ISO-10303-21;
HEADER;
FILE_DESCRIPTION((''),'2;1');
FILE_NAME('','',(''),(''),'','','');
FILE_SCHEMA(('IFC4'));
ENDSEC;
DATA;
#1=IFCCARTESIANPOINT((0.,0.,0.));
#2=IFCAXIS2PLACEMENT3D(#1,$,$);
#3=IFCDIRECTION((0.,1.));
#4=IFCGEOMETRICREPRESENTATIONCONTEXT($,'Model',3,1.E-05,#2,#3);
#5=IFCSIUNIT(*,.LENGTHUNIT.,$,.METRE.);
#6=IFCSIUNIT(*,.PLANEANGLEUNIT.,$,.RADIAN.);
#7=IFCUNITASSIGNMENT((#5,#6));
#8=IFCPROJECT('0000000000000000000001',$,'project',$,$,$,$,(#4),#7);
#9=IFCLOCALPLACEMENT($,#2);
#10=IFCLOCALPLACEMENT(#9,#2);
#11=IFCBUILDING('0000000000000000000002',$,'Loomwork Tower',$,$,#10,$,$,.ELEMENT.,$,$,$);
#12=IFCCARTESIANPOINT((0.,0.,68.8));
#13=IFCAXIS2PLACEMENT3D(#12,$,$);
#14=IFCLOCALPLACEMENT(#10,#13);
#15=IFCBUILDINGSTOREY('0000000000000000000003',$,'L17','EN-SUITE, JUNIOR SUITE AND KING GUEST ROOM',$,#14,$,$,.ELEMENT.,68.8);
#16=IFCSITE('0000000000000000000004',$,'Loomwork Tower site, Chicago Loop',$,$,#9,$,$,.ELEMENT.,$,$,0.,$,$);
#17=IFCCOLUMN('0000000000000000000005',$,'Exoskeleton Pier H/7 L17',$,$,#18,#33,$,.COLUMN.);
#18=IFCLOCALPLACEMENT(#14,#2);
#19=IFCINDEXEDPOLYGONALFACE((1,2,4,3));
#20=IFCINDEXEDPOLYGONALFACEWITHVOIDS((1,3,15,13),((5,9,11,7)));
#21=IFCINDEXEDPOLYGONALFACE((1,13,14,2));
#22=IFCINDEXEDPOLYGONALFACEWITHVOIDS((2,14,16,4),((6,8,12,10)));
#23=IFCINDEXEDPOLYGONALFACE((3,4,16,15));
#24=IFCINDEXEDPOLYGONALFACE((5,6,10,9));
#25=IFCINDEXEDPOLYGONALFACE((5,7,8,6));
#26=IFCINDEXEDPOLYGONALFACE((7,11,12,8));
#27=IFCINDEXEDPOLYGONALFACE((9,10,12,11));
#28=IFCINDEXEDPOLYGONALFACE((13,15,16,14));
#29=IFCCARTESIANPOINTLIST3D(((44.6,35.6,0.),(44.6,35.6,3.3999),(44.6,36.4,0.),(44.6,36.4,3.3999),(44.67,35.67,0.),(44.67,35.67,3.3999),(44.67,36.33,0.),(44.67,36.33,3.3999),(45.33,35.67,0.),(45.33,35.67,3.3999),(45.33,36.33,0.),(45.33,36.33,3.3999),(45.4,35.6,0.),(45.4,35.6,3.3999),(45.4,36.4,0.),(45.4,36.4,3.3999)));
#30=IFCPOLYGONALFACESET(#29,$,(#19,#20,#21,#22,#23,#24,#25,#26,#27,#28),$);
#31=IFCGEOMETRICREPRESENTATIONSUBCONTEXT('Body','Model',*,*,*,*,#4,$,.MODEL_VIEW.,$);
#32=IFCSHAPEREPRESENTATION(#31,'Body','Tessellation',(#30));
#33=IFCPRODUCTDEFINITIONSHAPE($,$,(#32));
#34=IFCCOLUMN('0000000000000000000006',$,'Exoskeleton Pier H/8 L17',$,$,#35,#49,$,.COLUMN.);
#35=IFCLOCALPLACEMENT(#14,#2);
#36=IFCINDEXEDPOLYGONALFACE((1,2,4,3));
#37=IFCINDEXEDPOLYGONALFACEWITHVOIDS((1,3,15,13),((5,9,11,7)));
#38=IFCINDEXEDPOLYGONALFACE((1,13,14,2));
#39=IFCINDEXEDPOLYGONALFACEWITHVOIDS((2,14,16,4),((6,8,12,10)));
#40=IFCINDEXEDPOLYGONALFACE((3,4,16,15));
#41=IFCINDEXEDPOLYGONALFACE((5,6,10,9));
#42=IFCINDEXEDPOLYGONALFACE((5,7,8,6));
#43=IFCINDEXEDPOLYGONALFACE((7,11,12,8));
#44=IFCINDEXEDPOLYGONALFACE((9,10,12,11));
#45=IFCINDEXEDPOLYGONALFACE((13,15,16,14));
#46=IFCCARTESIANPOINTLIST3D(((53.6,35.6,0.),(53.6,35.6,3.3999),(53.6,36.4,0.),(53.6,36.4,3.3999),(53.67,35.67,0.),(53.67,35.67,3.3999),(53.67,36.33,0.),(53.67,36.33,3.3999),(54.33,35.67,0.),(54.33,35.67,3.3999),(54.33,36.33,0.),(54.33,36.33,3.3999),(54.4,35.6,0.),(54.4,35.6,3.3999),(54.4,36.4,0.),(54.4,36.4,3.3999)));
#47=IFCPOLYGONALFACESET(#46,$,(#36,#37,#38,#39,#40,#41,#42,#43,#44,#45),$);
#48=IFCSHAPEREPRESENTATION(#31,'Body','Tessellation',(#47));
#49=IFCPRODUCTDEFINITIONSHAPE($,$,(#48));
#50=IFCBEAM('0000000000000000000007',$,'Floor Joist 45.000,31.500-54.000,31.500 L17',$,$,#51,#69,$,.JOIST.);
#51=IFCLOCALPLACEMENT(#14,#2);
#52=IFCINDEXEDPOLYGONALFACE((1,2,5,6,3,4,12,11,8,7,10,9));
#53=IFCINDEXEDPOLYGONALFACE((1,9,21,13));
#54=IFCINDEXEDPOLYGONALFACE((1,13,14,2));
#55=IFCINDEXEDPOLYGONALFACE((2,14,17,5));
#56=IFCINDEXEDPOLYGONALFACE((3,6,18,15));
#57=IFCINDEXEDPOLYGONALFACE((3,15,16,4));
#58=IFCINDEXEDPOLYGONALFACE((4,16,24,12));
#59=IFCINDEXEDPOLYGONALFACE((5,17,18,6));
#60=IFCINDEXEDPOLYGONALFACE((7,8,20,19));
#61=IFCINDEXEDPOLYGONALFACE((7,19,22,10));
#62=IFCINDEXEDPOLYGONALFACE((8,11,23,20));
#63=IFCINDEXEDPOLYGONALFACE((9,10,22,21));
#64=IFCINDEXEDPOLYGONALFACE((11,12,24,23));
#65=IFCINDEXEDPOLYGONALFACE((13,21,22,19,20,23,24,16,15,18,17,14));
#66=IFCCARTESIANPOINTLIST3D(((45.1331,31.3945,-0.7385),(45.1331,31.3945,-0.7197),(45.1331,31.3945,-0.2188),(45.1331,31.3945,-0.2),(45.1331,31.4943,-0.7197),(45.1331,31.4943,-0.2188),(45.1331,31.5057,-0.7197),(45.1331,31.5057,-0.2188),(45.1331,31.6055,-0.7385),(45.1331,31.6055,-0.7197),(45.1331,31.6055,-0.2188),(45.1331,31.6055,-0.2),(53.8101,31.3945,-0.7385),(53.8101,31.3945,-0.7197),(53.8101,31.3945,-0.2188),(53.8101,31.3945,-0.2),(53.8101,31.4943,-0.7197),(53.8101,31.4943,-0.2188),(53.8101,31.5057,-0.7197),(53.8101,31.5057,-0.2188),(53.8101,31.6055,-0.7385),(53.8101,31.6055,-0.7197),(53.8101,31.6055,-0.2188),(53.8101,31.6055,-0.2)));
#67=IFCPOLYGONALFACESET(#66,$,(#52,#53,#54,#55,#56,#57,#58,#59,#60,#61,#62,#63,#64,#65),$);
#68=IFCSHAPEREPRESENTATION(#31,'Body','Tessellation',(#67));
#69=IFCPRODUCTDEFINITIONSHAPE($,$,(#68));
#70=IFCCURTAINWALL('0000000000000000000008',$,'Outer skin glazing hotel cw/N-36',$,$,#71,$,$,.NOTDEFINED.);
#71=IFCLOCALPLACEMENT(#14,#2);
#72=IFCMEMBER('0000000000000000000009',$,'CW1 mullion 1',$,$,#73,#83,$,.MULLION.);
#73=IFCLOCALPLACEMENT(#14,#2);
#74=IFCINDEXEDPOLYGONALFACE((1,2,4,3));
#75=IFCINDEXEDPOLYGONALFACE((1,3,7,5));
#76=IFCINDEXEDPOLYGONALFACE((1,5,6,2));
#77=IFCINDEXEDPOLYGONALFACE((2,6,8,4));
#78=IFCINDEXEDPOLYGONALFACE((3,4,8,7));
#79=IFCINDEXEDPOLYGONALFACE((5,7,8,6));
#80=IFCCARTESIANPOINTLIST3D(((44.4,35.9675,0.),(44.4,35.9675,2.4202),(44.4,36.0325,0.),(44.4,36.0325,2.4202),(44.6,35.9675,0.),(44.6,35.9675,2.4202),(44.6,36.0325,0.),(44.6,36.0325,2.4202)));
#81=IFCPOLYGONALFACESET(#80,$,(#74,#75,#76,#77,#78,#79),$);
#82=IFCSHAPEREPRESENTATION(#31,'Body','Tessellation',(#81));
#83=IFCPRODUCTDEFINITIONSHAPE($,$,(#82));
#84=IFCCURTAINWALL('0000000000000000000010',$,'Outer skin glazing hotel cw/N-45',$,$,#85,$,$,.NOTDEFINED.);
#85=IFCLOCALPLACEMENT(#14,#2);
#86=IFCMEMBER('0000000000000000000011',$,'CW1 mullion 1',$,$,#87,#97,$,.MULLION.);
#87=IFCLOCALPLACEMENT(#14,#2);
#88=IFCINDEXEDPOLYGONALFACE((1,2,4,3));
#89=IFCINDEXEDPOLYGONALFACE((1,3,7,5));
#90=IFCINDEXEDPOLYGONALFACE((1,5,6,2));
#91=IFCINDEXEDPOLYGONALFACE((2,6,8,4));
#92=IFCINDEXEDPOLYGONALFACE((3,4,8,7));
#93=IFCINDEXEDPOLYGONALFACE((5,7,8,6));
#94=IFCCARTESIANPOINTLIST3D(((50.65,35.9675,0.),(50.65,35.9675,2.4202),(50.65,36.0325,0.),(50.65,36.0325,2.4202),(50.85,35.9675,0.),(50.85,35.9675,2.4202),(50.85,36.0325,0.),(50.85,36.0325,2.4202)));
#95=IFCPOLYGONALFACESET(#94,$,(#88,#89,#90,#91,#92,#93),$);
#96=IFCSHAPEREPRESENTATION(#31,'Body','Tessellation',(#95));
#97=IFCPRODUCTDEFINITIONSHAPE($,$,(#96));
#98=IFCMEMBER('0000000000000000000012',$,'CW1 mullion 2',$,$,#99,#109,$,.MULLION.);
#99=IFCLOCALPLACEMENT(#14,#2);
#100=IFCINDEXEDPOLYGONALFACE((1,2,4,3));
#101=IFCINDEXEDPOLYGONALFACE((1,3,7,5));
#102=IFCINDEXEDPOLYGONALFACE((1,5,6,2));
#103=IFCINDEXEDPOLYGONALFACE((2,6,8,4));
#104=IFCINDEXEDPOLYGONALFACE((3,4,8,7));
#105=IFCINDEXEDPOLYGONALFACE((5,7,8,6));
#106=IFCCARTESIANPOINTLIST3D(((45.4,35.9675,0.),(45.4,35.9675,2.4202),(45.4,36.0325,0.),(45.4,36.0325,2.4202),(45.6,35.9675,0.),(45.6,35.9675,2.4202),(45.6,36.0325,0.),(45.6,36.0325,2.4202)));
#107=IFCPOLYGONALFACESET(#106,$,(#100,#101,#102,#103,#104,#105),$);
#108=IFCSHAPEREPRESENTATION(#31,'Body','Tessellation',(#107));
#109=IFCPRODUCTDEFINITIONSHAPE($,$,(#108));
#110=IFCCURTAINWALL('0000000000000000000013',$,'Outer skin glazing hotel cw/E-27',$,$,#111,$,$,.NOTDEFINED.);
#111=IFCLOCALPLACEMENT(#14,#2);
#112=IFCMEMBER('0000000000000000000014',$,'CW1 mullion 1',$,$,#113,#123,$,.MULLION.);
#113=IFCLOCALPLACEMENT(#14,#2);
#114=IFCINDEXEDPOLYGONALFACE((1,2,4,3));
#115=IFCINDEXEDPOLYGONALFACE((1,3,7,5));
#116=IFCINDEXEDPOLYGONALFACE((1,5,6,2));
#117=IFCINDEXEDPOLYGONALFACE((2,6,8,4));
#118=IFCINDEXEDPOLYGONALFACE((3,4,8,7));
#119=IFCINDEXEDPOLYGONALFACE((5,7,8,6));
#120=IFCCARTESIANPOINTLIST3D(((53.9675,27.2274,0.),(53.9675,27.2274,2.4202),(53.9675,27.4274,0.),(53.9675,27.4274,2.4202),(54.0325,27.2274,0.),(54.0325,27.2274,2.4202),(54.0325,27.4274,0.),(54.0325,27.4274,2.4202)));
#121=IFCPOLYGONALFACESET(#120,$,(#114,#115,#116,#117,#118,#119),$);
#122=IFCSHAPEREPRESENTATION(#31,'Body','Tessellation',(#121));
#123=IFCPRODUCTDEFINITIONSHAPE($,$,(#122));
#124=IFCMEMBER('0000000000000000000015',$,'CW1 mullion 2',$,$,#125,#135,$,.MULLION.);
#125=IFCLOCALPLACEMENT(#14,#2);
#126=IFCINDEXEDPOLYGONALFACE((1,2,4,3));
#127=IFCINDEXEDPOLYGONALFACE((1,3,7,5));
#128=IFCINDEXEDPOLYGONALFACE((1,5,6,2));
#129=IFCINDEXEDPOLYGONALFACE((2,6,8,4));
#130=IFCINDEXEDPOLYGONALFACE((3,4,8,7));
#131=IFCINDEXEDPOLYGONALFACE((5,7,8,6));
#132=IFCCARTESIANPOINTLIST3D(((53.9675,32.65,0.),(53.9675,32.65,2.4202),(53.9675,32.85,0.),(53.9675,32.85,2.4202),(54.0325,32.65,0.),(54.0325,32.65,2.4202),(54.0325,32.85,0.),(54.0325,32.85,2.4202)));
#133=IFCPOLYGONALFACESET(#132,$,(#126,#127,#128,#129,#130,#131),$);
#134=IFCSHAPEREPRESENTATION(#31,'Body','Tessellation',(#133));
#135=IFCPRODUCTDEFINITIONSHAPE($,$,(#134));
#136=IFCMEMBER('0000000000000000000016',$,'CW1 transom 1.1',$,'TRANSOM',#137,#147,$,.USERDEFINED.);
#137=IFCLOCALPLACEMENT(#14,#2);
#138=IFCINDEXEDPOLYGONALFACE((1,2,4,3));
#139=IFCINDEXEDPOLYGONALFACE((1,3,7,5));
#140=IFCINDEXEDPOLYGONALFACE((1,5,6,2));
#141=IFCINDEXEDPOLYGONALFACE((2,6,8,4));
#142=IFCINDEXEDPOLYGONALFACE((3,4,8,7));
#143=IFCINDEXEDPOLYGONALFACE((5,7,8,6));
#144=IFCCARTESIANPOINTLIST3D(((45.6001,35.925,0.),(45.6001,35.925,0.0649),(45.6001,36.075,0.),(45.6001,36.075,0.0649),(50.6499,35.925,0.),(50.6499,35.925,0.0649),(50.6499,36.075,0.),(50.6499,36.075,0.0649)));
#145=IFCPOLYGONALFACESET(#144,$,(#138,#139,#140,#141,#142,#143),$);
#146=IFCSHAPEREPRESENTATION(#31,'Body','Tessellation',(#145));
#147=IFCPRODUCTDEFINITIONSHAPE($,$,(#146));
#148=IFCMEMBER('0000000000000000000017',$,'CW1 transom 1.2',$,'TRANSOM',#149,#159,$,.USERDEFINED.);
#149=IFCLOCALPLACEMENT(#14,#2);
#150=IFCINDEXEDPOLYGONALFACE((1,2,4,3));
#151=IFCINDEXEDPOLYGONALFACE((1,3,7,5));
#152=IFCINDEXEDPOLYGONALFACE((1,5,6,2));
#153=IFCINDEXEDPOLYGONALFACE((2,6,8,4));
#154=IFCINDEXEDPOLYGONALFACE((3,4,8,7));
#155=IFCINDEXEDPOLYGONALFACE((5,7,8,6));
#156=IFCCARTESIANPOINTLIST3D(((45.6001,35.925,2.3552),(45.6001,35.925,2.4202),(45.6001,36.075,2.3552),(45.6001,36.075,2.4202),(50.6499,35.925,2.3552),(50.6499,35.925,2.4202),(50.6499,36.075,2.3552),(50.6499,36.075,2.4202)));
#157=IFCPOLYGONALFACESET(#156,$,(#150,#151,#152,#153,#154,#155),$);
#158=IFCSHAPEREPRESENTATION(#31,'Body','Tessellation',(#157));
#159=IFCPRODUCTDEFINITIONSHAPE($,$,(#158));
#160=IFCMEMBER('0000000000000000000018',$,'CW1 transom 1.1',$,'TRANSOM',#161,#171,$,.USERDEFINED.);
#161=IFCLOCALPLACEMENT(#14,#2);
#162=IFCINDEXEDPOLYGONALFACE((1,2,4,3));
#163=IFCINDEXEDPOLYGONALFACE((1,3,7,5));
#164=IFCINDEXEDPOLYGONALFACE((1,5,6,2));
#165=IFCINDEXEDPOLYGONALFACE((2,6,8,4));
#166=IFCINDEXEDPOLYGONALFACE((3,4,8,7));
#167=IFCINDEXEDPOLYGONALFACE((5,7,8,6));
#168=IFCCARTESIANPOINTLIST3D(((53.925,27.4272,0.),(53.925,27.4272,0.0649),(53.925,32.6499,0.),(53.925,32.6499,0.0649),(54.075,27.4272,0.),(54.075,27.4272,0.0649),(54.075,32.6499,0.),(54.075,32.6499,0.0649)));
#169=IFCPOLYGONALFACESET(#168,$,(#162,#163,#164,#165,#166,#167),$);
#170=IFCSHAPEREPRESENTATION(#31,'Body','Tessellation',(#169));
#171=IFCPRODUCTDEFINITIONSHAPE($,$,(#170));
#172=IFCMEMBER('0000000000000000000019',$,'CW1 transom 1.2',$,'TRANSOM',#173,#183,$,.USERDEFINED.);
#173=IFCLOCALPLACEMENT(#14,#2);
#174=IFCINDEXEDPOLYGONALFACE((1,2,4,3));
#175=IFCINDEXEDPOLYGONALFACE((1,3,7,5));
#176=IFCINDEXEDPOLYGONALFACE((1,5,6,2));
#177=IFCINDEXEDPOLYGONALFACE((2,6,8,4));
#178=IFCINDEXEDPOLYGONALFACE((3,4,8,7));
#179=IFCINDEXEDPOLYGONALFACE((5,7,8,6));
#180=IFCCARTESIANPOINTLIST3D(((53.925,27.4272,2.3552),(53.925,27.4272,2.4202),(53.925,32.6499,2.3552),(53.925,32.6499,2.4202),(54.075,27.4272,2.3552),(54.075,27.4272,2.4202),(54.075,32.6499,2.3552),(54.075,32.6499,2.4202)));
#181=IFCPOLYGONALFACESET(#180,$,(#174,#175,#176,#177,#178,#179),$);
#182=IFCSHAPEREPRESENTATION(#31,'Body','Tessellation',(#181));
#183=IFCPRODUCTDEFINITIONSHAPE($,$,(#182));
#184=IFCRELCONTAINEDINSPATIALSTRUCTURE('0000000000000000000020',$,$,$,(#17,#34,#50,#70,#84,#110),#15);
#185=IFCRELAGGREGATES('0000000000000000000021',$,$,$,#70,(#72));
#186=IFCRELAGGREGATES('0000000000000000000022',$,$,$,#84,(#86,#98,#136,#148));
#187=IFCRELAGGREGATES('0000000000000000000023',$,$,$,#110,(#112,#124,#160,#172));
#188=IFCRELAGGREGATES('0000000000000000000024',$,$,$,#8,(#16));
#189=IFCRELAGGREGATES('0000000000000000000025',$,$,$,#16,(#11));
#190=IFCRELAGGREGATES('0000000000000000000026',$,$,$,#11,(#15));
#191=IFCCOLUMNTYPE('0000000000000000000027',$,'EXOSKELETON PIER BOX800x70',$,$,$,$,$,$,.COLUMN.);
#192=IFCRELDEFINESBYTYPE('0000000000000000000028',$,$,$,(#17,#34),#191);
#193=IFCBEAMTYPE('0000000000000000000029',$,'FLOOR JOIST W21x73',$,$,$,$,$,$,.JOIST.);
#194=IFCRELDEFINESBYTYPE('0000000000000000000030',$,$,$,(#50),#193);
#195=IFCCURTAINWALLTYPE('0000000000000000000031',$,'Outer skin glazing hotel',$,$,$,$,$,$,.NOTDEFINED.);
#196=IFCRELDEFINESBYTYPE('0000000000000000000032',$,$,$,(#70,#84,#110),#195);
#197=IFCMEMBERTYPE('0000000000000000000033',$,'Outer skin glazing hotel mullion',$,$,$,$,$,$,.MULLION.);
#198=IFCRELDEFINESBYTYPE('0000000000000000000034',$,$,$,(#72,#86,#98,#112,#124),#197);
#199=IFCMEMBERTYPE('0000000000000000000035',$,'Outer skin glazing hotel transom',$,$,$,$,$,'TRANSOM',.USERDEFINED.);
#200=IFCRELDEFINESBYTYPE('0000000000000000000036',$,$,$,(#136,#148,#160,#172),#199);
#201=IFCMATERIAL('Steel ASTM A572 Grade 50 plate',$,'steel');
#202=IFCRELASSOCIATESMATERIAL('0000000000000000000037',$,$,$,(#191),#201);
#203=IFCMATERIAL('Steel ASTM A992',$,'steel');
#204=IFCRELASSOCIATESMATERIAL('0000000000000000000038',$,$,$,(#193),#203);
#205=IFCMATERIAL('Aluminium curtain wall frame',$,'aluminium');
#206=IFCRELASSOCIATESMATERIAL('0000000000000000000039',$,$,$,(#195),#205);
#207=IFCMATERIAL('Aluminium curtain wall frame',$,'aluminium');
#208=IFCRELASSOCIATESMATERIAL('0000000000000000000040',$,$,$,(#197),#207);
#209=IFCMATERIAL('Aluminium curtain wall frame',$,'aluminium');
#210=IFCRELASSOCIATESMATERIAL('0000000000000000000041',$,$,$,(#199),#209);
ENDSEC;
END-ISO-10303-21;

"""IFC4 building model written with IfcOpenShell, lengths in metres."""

from ifc_helpers import new_model, si_unit, direction, frame, origin, origin_2d, place, context, subcontext, project, spatial, rectangle, hollow_rectangle, i_section, extrude, material, material_profile, profile_set, type_object, element, aggregate, save


model = new_model("IFC4")

# Units and contexts
model_context = context("Model", 3, precision=1e-05, world=origin(), true_north=direction((0.0, 1.0)))
body_context = subcontext(model_context, "Body", "Model", "MODEL_VIEW")
ifc_project = project(units=[si_unit("LENGTHUNIT", "METRE"), si_unit("PLANEANGLEUNIT", "RADIAN")], contexts=[model_context])

# Site, building, storey
site_placement = place(None, origin())
site = spatial("IfcSite", under=ifc_project, at=site_placement, Name="Loomwork Tower site, Chicago Loop", CompositionType="ELEMENT", RefElevation=0.0)
building_placement = place(site_placement, origin())
building = spatial("IfcBuilding", under=site, at=building_placement, Name="Loomwork Tower", CompositionType="ELEMENT")
storey_placement = place(building_placement, frame((0.0, 0.0, 68.8)))
storey = spatial("IfcBuildingStorey", under=building, at=storey_placement, Name="L17", Description="EN-SUITE, JUNIOR SUITE AND KING GUEST ROOM", CompositionType="ELEMENT", Elevation=68.8)

# Columns
ifc_material_1 = material(Name="Steel ASTM A572 Grade 50 plate", Category="steel")
ifc_material_profile_1 = material_profile(ifc_material_1, hollow_rectangle(XDim=0.8, YDim=0.8, WallThickness=0.0701, at=origin_2d()), Name="BOX800x70")
ifc_profile_set_1 = profile_set([ifc_material_profile_1], Name="Steel ASTM A572 Grade 50 plate")
column_type = type_object("IfcColumnType", Name="EXOSKELETON PIER BOX800x70", PredefinedType="COLUMN", material=ifc_profile_set_1)
for number, where, z_axis, x_axis, name in (
    (1, (45.0, 36.0, 0.0), (0.0, 0.0, 1.0), (1.0, 0.0, 0.0), "Exoskeleton Pier H/7 L17"),
    (2, (54.0, 36.0, 0.0), (0.0, 0.0, 1.0), (1.0, 0.0, 0.0), "Exoskeleton Pier H/8 L17"),
):
    element("IfcColumn", number, at=place(storey_placement, frame(where, z_axis=z_axis, x_axis=x_axis)), inside=storey, type_object=column_type, Name=name, PredefinedType="COLUMN", context=body_context, shape_type="SweptSolid", body=[
        extrude(hollow_rectangle(XDim=0.8, YDim=0.8, WallThickness=0.0701, at=origin_2d()), origin(), (0.0, 0.0, 1.0), 3.3999),
    ])

# Beam
ifc_material_2 = material(Name="Steel ASTM A992", Category="steel")
ifc_material_profile_2 = material_profile(ifc_material_2, i_section(OverallWidth=0.2109, OverallDepth=0.5386, WebThickness=0.0115, FlangeThickness=0.0188, at=origin_2d()), Name="W21x73")
ifc_profile_set_2 = profile_set([ifc_material_profile_2], Name="Steel ASTM A992")
beam_type_1 = type_object("IfcBeamType", Name="FLOOR JOIST W21x73", PredefinedType="JOIST", material=ifc_profile_set_2)
beam_1_placement = place(storey_placement, frame((45.1331, 31.5, -0.4692), z_axis=(1.0, 0.0, 0.0), x_axis=(0.0, 1.0, 0.0)))
element("IfcBeam", 3, at=beam_1_placement, inside=storey, type_object=beam_type_1, Name="Floor Joist 45.000,31.500-54.000,31.500 L17", PredefinedType="JOIST", context=body_context, shape_type="SweptSolid", body=[
    extrude(i_section(OverallWidth=0.2109, OverallDepth=0.5386, WebThickness=0.0115, FlangeThickness=0.0188, at=origin_2d()), origin(), (0.0, 0.0, 1.0), 8.677),
])

# Curtain wall, member
ifc_material_3 = material(Name="Aluminium curtain wall frame", Category="aluminium")
curtain_wall_type = type_object("IfcCurtainWallType", Name="Outer skin glazing hotel", PredefinedType="NOTDEFINED", material=ifc_material_3)
curtain_wall_1_placement = place(storey_placement, origin())
curtain_wall_1 = element("IfcCurtainWall", 4, at=curtain_wall_1_placement, inside=storey, type_object=curtain_wall_type, Name="Outer skin glazing hotel cw/N-36", PredefinedType="NOTDEFINED")
ifc_material_4 = material(Name="Aluminium curtain wall frame", Category="aluminium")
ifc_material_profile_3 = material_profile(ifc_material_4, rectangle(XDim=0.0649, YDim=0.2, at=origin_2d()), Name="AL 65x200")
ifc_profile_set_3 = profile_set([ifc_material_profile_3], Name="Aluminium curtain wall frame")
member_type_1 = type_object("IfcMemberType", Name="Outer skin glazing hotel mullion", PredefinedType="MULLION", material=ifc_profile_set_3)
member_1_placement = place(storey_placement, frame((44.5, 36.0, 0.0), z_axis=(0.0, 0.0, 1.0), x_axis=(0.0, -1.0, 0.0)))
member_1 = element("IfcMember", 5, at=member_1_placement, type_object=member_type_1, Name="CW1 mullion 1", PredefinedType="MULLION", context=body_context, shape_type="SweptSolid", body=[
    extrude(rectangle(XDim=0.0649, YDim=0.2, at=origin_2d()), origin(), (0.0, 0.0, 1.0), 2.4202),
])
aggregate(curtain_wall_1, [member_1])

# Curtain walls, members
curtain_wall_2_placement = place(storey_placement, origin())
curtain_wall_2 = element("IfcCurtainWall", 6, at=curtain_wall_2_placement, inside=storey, type_object=curtain_wall_type, Name="Outer skin glazing hotel cw/N-45", PredefinedType="NOTDEFINED")
member_2_placement = place(storey_placement, frame((50.75, 36.0, 0.0), z_axis=(0.0, 0.0, 1.0), x_axis=(0.0, -1.0, 0.0)))
member_2 = element("IfcMember", 7, at=member_2_placement, type_object=member_type_1, Name="CW1 mullion 1", PredefinedType="MULLION", context=body_context, shape_type="SweptSolid", body=[
    extrude(rectangle(XDim=0.0649, YDim=0.2, at=origin_2d()), origin(), (0.0, 0.0, 1.0), 2.4202),
])
member_3_placement = place(storey_placement, frame((45.5, 36.0, 0.0), z_axis=(0.0, 0.0, 1.0), x_axis=(0.0, -1.0, 0.0)))
member_3 = element("IfcMember", 8, at=member_3_placement, type_object=member_type_1, Name="CW1 mullion 2", PredefinedType="MULLION", context=body_context, shape_type="SweptSolid", body=[
    extrude(rectangle(XDim=0.0649, YDim=0.2, at=origin_2d()), origin(), (0.0, 0.0, 1.0), 2.4202),
])
curtain_wall_3_placement = place(storey_placement, origin())
curtain_wall_3 = element("IfcCurtainWall", 9, at=curtain_wall_3_placement, inside=storey, type_object=curtain_wall_type, Name="Outer skin glazing hotel cw/E-27", PredefinedType="NOTDEFINED")
member_4_placement = place(storey_placement, frame((54.0, 27.3274, 0.0), z_axis=(0.0, 0.0, 1.0), x_axis=(-1.0, 0.0, 0.0)))
member_4 = element("IfcMember", 10, at=member_4_placement, type_object=member_type_1, Name="CW1 mullion 1", PredefinedType="MULLION", context=body_context, shape_type="SweptSolid", body=[
    extrude(rectangle(XDim=0.0649, YDim=0.2, at=origin_2d()), origin(), (0.0, 0.0, 1.0), 2.4202),
])
member_5_placement = place(storey_placement, frame((54.0, 32.75, 0.0), z_axis=(0.0, 0.0, 1.0), x_axis=(-1.0, 0.0, 0.0)))
member_5 = element("IfcMember", 11, at=member_5_placement, type_object=member_type_1, Name="CW1 mullion 2", PredefinedType="MULLION", context=body_context, shape_type="SweptSolid", body=[
    extrude(rectangle(XDim=0.0649, YDim=0.2, at=origin_2d()), origin(), (0.0, 0.0, 1.0), 2.4202),
])

# Members
ifc_material_5 = material(Name="Aluminium curtain wall frame", Category="aluminium")
ifc_material_profile_4 = material_profile(ifc_material_5, rectangle(XDim=0.1499, YDim=0.0649, at=origin_2d()), Name="AL 65x150")
ifc_profile_set_4 = profile_set([ifc_material_profile_4], Name="Aluminium curtain wall frame")
member_type_2 = type_object("IfcMemberType", Name="Outer skin glazing hotel transom", ElementType="TRANSOM", PredefinedType="USERDEFINED", material=ifc_profile_set_4)
member_6_placement = place(storey_placement, frame((50.6499, 36.0, 0.0325), z_axis=(-1.0, 0.0, 0.0), x_axis=(0.0, -1.0, 0.0)))
member_6 = element("IfcMember", 12, at=member_6_placement, type_object=member_type_2, Name="CW1 transom 1.1", ObjectType="TRANSOM", PredefinedType="USERDEFINED", context=body_context, shape_type="SweptSolid", body=[
    extrude(rectangle(XDim=0.1499, YDim=0.0649, at=origin_2d()), origin(), (0.0, 0.0, 1.0), 5.0498),
])
member_7_placement = place(storey_placement, frame((50.6499, 36.0, 2.3877), z_axis=(-1.0, 0.0, 0.0), x_axis=(0.0, -1.0, 0.0)))
member_7 = element("IfcMember", 13, at=member_7_placement, type_object=member_type_2, Name="CW1 transom 1.2", ObjectType="TRANSOM", PredefinedType="USERDEFINED", context=body_context, shape_type="SweptSolid", body=[
    extrude(rectangle(XDim=0.1499, YDim=0.0649, at=origin_2d()), origin(), (0.0, 0.0, 1.0), 5.0498),
])
member_8_placement = place(storey_placement, frame((54.0, 27.4272, 0.0325), z_axis=(0.0, 1.0, 0.0), x_axis=(-1.0, 0.0, 0.0)))
member_8 = element("IfcMember", 14, at=member_8_placement, type_object=member_type_2, Name="CW1 transom 1.1", ObjectType="TRANSOM", PredefinedType="USERDEFINED", context=body_context, shape_type="SweptSolid", body=[
    extrude(rectangle(XDim=0.1499, YDim=0.0649, at=origin_2d()), origin(), (0.0, 0.0, 1.0), 5.2227),
])
member_9_placement = place(storey_placement, frame((54.0, 27.4272, 2.3877), z_axis=(0.0, 1.0, 0.0), x_axis=(-1.0, 0.0, 0.0)))
member_9 = element("IfcMember", 15, at=member_9_placement, type_object=member_type_2, Name="CW1 transom 1.2", ObjectType="TRANSOM", PredefinedType="USERDEFINED", context=body_context, shape_type="SweptSolid", body=[
    extrude(rectangle(XDim=0.1499, YDim=0.0649, at=origin_2d()), origin(), (0.0, 0.0, 1.0), 5.2227),
])

aggregate(curtain_wall_2, [member_2, member_3, member_6, member_7])
aggregate(curtain_wall_3, [member_4, member_5, member_8, member_9])

save(model, "model.ifc")
